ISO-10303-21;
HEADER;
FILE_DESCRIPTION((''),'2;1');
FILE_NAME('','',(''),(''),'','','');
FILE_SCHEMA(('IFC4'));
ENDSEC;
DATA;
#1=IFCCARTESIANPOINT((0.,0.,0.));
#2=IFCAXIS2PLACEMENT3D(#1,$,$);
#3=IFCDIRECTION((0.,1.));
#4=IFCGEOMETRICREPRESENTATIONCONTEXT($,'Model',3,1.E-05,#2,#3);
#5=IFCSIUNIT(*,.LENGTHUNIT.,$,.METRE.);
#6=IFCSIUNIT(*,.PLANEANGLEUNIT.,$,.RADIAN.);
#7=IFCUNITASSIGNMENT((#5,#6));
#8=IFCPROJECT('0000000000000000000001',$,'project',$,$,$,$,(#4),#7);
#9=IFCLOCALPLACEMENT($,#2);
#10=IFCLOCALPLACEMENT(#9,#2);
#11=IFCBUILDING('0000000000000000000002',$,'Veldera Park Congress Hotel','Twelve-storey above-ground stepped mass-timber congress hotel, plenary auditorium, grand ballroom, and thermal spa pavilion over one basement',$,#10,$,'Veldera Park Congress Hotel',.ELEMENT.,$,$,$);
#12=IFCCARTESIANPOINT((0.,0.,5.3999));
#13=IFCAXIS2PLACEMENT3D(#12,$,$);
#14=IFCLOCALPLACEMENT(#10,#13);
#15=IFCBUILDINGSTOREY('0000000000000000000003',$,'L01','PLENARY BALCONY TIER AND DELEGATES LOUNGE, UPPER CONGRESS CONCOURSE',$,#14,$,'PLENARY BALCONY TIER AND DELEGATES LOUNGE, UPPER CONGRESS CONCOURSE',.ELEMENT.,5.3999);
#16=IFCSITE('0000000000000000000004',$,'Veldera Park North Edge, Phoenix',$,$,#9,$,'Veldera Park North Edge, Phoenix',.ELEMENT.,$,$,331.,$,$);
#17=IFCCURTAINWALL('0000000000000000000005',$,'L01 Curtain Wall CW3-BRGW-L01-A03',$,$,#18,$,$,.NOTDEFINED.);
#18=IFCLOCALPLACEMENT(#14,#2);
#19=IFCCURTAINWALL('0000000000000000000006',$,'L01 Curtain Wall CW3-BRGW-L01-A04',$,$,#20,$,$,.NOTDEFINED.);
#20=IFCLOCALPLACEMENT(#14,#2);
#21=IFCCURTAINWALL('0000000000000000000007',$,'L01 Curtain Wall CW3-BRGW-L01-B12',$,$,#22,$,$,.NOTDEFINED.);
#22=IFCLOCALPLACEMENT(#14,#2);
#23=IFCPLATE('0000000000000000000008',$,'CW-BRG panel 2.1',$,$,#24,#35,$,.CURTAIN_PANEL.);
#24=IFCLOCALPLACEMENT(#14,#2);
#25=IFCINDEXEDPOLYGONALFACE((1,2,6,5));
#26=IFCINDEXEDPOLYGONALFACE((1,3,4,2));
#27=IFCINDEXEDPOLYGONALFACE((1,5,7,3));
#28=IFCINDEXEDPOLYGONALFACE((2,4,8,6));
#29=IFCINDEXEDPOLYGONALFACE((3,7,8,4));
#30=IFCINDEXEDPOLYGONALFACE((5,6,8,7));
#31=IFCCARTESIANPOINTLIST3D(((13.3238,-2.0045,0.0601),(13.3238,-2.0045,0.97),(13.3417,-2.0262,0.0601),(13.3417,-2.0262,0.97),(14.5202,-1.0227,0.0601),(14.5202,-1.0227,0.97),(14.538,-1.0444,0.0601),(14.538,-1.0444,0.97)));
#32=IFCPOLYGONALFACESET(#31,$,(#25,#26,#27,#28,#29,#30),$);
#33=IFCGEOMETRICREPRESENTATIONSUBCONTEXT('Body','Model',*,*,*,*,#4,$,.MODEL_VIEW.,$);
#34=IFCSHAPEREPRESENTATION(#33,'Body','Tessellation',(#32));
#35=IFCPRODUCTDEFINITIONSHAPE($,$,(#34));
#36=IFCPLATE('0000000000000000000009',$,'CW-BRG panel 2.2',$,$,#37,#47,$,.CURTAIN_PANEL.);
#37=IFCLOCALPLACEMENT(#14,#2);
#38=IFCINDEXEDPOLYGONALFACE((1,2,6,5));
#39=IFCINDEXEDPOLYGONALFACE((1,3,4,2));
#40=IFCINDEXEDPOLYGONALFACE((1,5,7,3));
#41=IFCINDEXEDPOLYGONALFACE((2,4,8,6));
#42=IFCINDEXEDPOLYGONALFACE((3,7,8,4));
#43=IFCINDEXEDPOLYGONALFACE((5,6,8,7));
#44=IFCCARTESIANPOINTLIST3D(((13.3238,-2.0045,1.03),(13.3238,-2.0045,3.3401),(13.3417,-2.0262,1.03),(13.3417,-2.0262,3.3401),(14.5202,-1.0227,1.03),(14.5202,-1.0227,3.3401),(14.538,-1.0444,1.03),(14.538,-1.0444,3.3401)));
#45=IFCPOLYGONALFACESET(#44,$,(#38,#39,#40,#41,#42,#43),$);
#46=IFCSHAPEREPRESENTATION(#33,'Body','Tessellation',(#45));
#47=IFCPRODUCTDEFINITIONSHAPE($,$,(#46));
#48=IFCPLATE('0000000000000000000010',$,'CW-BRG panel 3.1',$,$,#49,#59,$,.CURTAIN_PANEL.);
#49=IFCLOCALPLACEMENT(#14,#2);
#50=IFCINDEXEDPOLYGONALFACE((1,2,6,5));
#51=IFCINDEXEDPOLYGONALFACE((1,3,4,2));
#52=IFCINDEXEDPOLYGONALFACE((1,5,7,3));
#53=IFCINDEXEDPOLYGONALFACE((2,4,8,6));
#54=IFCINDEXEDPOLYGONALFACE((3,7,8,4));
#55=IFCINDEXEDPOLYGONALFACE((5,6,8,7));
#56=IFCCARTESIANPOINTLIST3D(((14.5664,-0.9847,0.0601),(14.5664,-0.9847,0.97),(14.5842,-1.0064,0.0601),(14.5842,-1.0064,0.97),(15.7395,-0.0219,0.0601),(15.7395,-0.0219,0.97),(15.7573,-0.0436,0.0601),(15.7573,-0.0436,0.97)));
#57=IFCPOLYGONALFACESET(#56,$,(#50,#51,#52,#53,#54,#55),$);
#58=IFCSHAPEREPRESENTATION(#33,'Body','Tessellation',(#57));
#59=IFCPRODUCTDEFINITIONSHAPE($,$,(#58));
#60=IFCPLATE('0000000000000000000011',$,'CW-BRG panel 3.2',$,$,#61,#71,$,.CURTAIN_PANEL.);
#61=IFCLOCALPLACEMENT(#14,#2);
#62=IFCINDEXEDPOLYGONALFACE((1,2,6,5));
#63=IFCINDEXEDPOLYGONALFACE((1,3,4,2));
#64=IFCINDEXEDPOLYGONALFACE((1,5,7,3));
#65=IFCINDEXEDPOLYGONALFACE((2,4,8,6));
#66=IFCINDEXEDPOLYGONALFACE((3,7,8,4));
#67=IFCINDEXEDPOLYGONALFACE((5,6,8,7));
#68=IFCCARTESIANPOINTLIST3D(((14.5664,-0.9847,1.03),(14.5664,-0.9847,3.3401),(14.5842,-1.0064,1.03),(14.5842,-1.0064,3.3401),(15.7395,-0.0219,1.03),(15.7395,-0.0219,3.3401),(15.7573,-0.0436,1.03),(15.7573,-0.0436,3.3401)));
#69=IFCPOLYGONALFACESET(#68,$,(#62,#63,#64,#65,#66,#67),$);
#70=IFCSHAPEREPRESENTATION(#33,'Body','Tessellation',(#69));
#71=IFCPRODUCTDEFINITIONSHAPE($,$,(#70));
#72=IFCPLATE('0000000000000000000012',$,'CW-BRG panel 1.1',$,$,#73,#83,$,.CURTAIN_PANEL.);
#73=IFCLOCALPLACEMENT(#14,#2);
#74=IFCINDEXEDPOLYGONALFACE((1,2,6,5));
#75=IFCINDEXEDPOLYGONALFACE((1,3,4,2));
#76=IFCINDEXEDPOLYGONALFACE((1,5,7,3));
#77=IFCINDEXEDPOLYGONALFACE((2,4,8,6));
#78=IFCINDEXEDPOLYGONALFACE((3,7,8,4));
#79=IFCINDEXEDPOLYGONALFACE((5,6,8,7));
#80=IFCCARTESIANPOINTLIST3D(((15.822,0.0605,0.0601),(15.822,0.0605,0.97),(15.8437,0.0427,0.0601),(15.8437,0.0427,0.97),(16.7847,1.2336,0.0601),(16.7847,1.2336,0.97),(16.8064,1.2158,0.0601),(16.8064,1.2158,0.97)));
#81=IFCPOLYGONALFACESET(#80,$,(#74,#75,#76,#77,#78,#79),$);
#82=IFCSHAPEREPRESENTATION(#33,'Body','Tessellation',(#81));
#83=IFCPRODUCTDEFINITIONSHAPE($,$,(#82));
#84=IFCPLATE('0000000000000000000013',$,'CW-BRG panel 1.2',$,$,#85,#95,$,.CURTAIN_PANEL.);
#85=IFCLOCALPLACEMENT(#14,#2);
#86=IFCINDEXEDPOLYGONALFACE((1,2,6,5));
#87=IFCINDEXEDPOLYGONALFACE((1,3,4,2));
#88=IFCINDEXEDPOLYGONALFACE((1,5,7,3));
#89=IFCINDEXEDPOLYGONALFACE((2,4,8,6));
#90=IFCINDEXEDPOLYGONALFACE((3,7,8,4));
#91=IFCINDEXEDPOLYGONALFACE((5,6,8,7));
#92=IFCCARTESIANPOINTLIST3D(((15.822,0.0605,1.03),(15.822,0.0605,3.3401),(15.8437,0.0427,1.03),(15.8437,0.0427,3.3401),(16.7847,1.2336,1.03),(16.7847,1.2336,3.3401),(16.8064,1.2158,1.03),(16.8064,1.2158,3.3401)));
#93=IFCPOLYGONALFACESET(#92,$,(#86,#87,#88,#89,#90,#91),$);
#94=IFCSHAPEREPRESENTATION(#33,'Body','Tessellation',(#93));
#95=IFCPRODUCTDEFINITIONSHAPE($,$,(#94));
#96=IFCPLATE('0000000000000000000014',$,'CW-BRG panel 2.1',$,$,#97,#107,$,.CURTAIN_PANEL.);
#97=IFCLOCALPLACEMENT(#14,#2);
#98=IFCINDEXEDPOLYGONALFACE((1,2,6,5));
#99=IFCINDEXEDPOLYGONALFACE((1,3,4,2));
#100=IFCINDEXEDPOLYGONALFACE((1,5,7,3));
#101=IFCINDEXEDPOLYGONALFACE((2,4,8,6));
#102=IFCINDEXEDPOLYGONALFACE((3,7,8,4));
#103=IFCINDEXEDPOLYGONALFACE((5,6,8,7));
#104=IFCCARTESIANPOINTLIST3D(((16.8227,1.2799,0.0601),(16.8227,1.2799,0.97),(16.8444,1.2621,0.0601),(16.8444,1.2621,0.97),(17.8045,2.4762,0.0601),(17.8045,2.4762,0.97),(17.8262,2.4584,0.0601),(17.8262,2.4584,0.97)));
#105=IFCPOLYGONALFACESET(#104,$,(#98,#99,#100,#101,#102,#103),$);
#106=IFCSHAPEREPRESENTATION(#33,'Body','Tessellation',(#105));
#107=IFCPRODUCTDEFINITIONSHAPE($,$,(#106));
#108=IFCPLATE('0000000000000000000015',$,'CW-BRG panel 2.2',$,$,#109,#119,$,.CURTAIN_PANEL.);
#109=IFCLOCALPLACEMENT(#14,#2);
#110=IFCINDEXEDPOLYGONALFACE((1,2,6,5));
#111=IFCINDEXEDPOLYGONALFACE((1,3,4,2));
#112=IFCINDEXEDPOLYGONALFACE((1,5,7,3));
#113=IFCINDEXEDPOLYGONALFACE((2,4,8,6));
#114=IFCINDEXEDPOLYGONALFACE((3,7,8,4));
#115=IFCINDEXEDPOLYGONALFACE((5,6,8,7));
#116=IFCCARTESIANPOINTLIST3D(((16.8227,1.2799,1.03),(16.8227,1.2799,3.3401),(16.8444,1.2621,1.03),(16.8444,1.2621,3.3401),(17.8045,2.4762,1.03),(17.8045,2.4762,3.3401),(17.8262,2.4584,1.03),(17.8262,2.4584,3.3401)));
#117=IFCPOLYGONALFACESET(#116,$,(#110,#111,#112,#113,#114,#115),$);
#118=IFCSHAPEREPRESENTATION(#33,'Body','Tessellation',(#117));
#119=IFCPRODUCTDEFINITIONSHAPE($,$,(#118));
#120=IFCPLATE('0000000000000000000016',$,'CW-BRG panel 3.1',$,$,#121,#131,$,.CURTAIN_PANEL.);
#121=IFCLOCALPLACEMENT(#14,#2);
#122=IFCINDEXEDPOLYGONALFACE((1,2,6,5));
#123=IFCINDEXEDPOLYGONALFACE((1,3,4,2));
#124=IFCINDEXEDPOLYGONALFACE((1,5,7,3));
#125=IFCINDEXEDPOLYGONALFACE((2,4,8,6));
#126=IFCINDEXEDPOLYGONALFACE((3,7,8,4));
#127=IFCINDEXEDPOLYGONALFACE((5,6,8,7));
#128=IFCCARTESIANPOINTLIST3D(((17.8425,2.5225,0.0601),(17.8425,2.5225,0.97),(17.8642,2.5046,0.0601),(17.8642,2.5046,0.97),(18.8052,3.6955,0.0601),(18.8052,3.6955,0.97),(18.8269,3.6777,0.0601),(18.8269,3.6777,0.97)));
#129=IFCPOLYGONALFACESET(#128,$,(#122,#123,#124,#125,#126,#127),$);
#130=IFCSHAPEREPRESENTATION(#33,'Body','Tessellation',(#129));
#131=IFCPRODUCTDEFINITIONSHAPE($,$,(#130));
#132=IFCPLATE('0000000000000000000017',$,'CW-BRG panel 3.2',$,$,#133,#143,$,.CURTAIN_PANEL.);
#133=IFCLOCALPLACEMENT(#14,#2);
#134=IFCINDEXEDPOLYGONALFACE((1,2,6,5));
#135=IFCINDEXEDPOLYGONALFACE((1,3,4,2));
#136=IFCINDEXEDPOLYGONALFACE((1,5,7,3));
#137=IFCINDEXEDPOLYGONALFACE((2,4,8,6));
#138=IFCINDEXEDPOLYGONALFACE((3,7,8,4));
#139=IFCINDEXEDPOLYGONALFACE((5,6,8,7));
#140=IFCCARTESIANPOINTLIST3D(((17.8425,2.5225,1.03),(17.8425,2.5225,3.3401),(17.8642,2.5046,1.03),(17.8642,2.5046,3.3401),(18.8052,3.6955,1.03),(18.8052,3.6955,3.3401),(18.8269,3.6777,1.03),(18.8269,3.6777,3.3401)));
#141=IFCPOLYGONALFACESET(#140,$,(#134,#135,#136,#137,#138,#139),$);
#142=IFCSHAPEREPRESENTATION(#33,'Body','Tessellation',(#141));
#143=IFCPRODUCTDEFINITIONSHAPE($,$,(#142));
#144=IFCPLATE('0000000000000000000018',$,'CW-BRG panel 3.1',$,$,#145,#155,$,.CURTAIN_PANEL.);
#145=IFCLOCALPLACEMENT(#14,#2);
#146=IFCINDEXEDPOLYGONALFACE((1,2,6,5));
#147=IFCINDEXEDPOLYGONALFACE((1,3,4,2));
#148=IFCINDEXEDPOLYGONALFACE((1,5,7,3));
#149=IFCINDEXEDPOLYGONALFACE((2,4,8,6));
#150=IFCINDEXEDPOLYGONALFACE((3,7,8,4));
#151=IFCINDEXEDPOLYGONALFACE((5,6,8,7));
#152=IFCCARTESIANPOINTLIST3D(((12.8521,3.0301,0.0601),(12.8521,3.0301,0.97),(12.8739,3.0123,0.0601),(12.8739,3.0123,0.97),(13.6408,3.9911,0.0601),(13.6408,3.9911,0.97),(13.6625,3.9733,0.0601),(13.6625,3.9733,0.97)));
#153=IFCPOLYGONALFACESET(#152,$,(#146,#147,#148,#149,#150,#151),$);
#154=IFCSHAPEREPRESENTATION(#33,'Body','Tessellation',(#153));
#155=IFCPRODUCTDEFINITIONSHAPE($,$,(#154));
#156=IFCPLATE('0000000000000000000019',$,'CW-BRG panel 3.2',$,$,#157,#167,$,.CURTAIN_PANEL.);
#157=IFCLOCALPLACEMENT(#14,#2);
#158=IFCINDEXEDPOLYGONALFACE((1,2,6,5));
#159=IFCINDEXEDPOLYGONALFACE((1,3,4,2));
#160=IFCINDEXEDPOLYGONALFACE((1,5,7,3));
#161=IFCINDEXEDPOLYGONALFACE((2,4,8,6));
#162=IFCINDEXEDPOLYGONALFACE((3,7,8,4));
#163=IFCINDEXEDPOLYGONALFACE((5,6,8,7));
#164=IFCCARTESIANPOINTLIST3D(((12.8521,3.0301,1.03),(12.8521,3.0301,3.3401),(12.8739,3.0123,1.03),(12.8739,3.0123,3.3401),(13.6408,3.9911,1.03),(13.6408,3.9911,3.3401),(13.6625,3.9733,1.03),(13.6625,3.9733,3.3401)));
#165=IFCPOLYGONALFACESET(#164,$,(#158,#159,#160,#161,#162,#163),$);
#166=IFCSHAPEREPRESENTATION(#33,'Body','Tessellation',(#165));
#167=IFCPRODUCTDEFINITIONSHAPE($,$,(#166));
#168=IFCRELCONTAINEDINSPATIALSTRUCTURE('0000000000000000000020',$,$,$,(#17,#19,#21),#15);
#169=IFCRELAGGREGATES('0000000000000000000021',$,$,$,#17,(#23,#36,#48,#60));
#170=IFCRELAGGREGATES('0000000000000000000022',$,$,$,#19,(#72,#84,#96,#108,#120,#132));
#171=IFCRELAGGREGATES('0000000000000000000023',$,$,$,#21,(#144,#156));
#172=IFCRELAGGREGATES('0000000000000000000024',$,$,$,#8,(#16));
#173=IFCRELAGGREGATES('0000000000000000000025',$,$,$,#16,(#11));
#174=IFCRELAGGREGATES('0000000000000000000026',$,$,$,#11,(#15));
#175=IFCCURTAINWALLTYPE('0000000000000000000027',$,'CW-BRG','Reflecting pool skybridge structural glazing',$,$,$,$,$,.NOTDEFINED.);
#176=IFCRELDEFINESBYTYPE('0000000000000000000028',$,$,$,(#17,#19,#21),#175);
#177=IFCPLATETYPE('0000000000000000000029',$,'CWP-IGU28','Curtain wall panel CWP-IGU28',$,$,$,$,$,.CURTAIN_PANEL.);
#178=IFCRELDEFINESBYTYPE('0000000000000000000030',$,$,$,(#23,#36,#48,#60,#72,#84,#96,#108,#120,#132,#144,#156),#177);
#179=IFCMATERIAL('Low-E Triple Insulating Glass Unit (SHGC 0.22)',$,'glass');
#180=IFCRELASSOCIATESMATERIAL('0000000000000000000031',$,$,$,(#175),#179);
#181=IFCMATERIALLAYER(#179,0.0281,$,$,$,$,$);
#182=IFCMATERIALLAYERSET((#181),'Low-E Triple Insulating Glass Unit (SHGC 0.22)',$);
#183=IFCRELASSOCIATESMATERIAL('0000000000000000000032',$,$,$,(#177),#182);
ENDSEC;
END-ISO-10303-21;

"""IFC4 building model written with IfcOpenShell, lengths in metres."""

from ifc_helpers import new_model, si_unit, direction, frame, origin, origin_2d, place, context, subcontext, project, spatial, rectangle, extrude, material, layer, layer_set, type_object, element, aggregate, save


model = new_model("IFC4")

# Units and contexts
model_context = context("Model", 3, precision=1e-05, world=origin(), true_north=direction((0.0, 1.0)))
body_context = subcontext(model_context, "Body", "Model", "MODEL_VIEW")
ifc_project = project(units=[si_unit("LENGTHUNIT", "METRE"), si_unit("PLANEANGLEUNIT", "RADIAN")], contexts=[model_context])

# Site, building, storey
site_placement = place(None, origin())
site = spatial("IfcSite", under=ifc_project, at=site_placement, Name="Veldera Park North Edge, Phoenix", LongName="Veldera Park North Edge, Phoenix", CompositionType="ELEMENT", RefElevation=331.0)
building_placement = place(site_placement, origin())
building = spatial("IfcBuilding", under=site, at=building_placement, Name="Veldera Park Congress Hotel", Description="Twelve-storey above-ground stepped mass-timber congress hotel, plenary auditorium, grand ballroom, and thermal spa pavilion over one basement", LongName="Veldera Park Congress Hotel", CompositionType="ELEMENT")
storey_placement = place(building_placement, frame((0.0, 0.0, 5.3999)))
storey = spatial("IfcBuildingStorey", under=building, at=storey_placement, Name="L01", Description="PLENARY BALCONY TIER AND DELEGATES LOUNGE, UPPER CONGRESS CONCOURSE", LongName="PLENARY BALCONY TIER AND DELEGATES LOUNGE, UPPER CONGRESS CONCOURSE", CompositionType="ELEMENT", Elevation=5.3999)

# Curtain walls
ifc_material_1 = material(Name="Low-E Triple Insulating Glass Unit (SHGC 0.22)", Category="glass")
curtain_wall_type = type_object("IfcCurtainWallType", Name="CW-BRG", Description="Reflecting pool skybridge structural glazing", PredefinedType="NOTDEFINED", material=ifc_material_1)
curtain_wall_1_placement = place(storey_placement, origin())
curtain_wall_1 = element("IfcCurtainWall", 1, at=curtain_wall_1_placement, inside=storey, type_object=curtain_wall_type, Name="L01 Curtain Wall CW3-BRGW-L01-A03", PredefinedType="NOTDEFINED")
curtain_wall_2_placement = place(storey_placement, origin())
curtain_wall_2 = element("IfcCurtainWall", 2, at=curtain_wall_2_placement, inside=storey, type_object=curtain_wall_type, Name="L01 Curtain Wall CW3-BRGW-L01-A04", PredefinedType="NOTDEFINED")

# Curtain wall
curtain_wall_3_placement = place(storey_placement, origin())
curtain_wall_3 = element("IfcCurtainWall", 3, at=curtain_wall_3_placement, inside=storey, type_object=curtain_wall_type, Name="L01 Curtain Wall CW3-BRGW-L01-B12", PredefinedType="NOTDEFINED")

# Plates
ifc_layer = layer(ifc_material_1, 0.0281)
ifc_layer_set = layer_set([ifc_layer], Name="Low-E Triple Insulating Glass Unit (SHGC 0.22)")
plate_type = type_object("IfcPlateType", Name="CWP-IGU28", Description="Curtain wall panel CWP-IGU28", PredefinedType="CURTAIN_PANEL", material=ifc_layer_set)
plate_1_placement = place(storey_placement, frame((13.9309, -1.5244, 0.0601), z_axis=(0.0, 0.0, 1.0), x_axis=(0.773003, 0.634402, 0.0)))
plate_1 = element("IfcPlate", 4, at=plate_1_placement, type_object=plate_type, Name="CW-BRG panel 2.1", PredefinedType="CURTAIN_PANEL", context=body_context, shape_type="SweptSolid", body=[
    extrude(rectangle(XDim=1.5476, YDim=0.0281, at=origin_2d()), origin(), (0.0, 0.0, 1.0), 0.9099),
])
plate_2_placement = place(storey_placement, frame((13.9309, -1.5244, 1.03), z_axis=(0.0, 0.0, 1.0), x_axis=(0.773003, 0.634402, 0.0)))
plate_2 = element("IfcPlate", 5, at=plate_2_placement, type_object=plate_type, Name="CW-BRG panel 2.2", PredefinedType="CURTAIN_PANEL", context=body_context, shape_type="SweptSolid", body=[
    extrude(rectangle(XDim=1.5476, YDim=0.0281, at=origin_2d()), origin(), (0.0, 0.0, 1.0), 2.3101),
])
plate_3_placement = place(storey_placement, frame((15.1619, -0.5142, 0.0601), z_axis=(0.0, 0.0, 1.0), x_axis=(0.773003, 0.634402, 0.0)))
plate_3 = element("IfcPlate", 6, at=plate_3_placement, type_object=plate_type, Name="CW-BRG panel 3.1", PredefinedType="CURTAIN_PANEL", context=body_context, shape_type="SweptSolid", body=[
    extrude(rectangle(XDim=1.5176, YDim=0.0281, at=origin_2d()), origin(), (0.0, 0.0, 1.0), 0.9099),
])
plate_4_placement = place(storey_placement, frame((15.1619, -0.5142, 1.03), z_axis=(0.0, 0.0, 1.0), x_axis=(0.773003, 0.634402, 0.0)))
plate_4 = element("IfcPlate", 7, at=plate_4_placement, type_object=plate_type, Name="CW-BRG panel 3.2", PredefinedType="CURTAIN_PANEL", context=body_context, shape_type="SweptSolid", body=[
    extrude(rectangle(XDim=1.5176, YDim=0.0281, at=origin_2d()), origin(), (0.0, 0.0, 1.0), 2.3101),
])
aggregate(curtain_wall_1, [plate_1, plate_2, plate_3, plate_4])
plate_5_placement = place(storey_placement, frame((16.3142, 0.6382, 0.0601), z_axis=(0.0, 0.0, 1.0), x_axis=(0.634402, 0.773003, 0.0)))
plate_5 = element("IfcPlate", 8, at=plate_5_placement, type_object=plate_type, Name="CW-BRG panel 1.1", PredefinedType="CURTAIN_PANEL", context=body_context, shape_type="SweptSolid", body=[
    extrude(rectangle(XDim=1.5176, YDim=0.0281, at=origin_2d()), origin(), (0.0, 0.0, 1.0), 0.9099),
])
plate_6_placement = place(storey_placement, frame((16.3142, 0.6382, 1.03), z_axis=(0.0, 0.0, 1.0), x_axis=(0.634402, 0.773003, 0.0)))
plate_6 = element("IfcPlate", 9, at=plate_6_placement, type_object=plate_type, Name="CW-BRG panel 1.2", PredefinedType="CURTAIN_PANEL", context=body_context, shape_type="SweptSolid", body=[
    extrude(rectangle(XDim=1.5176, YDim=0.0281, at=origin_2d()), origin(), (0.0, 0.0, 1.0), 2.3101),
])
plate_7_placement = place(storey_placement, frame((17.3245, 1.8691, 0.0601), z_axis=(0.0, 0.0, 1.0), x_axis=(0.634402, 0.773003, 0.0)))
plate_7 = element("IfcPlate", 10, at=plate_7_placement, type_object=plate_type, Name="CW-BRG panel 2.1", PredefinedType="CURTAIN_PANEL", context=body_context, shape_type="SweptSolid", body=[
    extrude(rectangle(XDim=1.5476, YDim=0.0281, at=origin_2d()), origin(), (0.0, 0.0, 1.0), 0.9099),
])
plate_8_placement = place(storey_placement, frame((17.3245, 1.8691, 1.03), z_axis=(0.0, 0.0, 1.0), x_axis=(0.634402, 0.773003, 0.0)))
plate_8 = element("IfcPlate", 11, at=plate_8_placement, type_object=plate_type, Name="CW-BRG panel 2.2", PredefinedType="CURTAIN_PANEL", context=body_context, shape_type="SweptSolid", body=[
    extrude(rectangle(XDim=1.5476, YDim=0.0281, at=origin_2d()), origin(), (0.0, 0.0, 1.0), 2.3101),
])
plate_9_placement = place(storey_placement, frame((18.3347, 3.1001, 0.0601), z_axis=(0.0, 0.0, 1.0), x_axis=(0.634402, 0.773003, 0.0)))
plate_9 = element("IfcPlate", 12, at=plate_9_placement, type_object=plate_type, Name="CW-BRG panel 3.1", PredefinedType="CURTAIN_PANEL", context=body_context, shape_type="SweptSolid", body=[
    extrude(rectangle(XDim=1.5176, YDim=0.0281, at=origin_2d()), origin(), (0.0, 0.0, 1.0), 0.9099),
])
plate_10_placement = place(storey_placement, frame((18.3347, 3.1001, 1.03), z_axis=(0.0, 0.0, 1.0), x_axis=(0.634402, 0.773003, 0.0)))
plate_10 = element("IfcPlate", 13, at=plate_10_placement, type_object=plate_type, Name="CW-BRG panel 3.2", PredefinedType="CURTAIN_PANEL", context=body_context, shape_type="SweptSolid", body=[
    extrude(rectangle(XDim=1.5176, YDim=0.0281, at=origin_2d()), origin(), (0.0, 0.0, 1.0), 2.3101),
])
aggregate(curtain_wall_2, [plate_5, plate_6, plate_7, plate_8, plate_9, plate_10])
plate_11_placement = place(storey_placement, frame((13.2573, 3.5017, 0.0601), z_axis=(0.0, 0.0, 1.0), x_axis=(-0.634386, -0.773016, 0.0)))
plate_11 = element("IfcPlate", 14, at=plate_11_placement, type_object=plate_type, Name="CW-BRG panel 3.1", PredefinedType="CURTAIN_PANEL", context=body_context, shape_type="SweptSolid", body=[
    extrude(rectangle(XDim=1.2432, YDim=0.0281, at=origin_2d()), origin(), (0.0, 0.0, 1.0), 0.9099),
])
plate_12_placement = place(storey_placement, frame((13.2573, 3.5017, 1.03), z_axis=(0.0, 0.0, 1.0), x_axis=(-0.634386, -0.773016, 0.0)))
plate_12 = element("IfcPlate", 15, at=plate_12_placement, type_object=plate_type, Name="CW-BRG panel 3.2", PredefinedType="CURTAIN_PANEL", context=body_context, shape_type="SweptSolid", body=[
    extrude(rectangle(XDim=1.2432, YDim=0.0281, at=origin_2d()), origin(), (0.0, 0.0, 1.0), 2.3101),
])
aggregate(curtain_wall_3, [plate_11, plate_12])

save(model, "model.ifc")
